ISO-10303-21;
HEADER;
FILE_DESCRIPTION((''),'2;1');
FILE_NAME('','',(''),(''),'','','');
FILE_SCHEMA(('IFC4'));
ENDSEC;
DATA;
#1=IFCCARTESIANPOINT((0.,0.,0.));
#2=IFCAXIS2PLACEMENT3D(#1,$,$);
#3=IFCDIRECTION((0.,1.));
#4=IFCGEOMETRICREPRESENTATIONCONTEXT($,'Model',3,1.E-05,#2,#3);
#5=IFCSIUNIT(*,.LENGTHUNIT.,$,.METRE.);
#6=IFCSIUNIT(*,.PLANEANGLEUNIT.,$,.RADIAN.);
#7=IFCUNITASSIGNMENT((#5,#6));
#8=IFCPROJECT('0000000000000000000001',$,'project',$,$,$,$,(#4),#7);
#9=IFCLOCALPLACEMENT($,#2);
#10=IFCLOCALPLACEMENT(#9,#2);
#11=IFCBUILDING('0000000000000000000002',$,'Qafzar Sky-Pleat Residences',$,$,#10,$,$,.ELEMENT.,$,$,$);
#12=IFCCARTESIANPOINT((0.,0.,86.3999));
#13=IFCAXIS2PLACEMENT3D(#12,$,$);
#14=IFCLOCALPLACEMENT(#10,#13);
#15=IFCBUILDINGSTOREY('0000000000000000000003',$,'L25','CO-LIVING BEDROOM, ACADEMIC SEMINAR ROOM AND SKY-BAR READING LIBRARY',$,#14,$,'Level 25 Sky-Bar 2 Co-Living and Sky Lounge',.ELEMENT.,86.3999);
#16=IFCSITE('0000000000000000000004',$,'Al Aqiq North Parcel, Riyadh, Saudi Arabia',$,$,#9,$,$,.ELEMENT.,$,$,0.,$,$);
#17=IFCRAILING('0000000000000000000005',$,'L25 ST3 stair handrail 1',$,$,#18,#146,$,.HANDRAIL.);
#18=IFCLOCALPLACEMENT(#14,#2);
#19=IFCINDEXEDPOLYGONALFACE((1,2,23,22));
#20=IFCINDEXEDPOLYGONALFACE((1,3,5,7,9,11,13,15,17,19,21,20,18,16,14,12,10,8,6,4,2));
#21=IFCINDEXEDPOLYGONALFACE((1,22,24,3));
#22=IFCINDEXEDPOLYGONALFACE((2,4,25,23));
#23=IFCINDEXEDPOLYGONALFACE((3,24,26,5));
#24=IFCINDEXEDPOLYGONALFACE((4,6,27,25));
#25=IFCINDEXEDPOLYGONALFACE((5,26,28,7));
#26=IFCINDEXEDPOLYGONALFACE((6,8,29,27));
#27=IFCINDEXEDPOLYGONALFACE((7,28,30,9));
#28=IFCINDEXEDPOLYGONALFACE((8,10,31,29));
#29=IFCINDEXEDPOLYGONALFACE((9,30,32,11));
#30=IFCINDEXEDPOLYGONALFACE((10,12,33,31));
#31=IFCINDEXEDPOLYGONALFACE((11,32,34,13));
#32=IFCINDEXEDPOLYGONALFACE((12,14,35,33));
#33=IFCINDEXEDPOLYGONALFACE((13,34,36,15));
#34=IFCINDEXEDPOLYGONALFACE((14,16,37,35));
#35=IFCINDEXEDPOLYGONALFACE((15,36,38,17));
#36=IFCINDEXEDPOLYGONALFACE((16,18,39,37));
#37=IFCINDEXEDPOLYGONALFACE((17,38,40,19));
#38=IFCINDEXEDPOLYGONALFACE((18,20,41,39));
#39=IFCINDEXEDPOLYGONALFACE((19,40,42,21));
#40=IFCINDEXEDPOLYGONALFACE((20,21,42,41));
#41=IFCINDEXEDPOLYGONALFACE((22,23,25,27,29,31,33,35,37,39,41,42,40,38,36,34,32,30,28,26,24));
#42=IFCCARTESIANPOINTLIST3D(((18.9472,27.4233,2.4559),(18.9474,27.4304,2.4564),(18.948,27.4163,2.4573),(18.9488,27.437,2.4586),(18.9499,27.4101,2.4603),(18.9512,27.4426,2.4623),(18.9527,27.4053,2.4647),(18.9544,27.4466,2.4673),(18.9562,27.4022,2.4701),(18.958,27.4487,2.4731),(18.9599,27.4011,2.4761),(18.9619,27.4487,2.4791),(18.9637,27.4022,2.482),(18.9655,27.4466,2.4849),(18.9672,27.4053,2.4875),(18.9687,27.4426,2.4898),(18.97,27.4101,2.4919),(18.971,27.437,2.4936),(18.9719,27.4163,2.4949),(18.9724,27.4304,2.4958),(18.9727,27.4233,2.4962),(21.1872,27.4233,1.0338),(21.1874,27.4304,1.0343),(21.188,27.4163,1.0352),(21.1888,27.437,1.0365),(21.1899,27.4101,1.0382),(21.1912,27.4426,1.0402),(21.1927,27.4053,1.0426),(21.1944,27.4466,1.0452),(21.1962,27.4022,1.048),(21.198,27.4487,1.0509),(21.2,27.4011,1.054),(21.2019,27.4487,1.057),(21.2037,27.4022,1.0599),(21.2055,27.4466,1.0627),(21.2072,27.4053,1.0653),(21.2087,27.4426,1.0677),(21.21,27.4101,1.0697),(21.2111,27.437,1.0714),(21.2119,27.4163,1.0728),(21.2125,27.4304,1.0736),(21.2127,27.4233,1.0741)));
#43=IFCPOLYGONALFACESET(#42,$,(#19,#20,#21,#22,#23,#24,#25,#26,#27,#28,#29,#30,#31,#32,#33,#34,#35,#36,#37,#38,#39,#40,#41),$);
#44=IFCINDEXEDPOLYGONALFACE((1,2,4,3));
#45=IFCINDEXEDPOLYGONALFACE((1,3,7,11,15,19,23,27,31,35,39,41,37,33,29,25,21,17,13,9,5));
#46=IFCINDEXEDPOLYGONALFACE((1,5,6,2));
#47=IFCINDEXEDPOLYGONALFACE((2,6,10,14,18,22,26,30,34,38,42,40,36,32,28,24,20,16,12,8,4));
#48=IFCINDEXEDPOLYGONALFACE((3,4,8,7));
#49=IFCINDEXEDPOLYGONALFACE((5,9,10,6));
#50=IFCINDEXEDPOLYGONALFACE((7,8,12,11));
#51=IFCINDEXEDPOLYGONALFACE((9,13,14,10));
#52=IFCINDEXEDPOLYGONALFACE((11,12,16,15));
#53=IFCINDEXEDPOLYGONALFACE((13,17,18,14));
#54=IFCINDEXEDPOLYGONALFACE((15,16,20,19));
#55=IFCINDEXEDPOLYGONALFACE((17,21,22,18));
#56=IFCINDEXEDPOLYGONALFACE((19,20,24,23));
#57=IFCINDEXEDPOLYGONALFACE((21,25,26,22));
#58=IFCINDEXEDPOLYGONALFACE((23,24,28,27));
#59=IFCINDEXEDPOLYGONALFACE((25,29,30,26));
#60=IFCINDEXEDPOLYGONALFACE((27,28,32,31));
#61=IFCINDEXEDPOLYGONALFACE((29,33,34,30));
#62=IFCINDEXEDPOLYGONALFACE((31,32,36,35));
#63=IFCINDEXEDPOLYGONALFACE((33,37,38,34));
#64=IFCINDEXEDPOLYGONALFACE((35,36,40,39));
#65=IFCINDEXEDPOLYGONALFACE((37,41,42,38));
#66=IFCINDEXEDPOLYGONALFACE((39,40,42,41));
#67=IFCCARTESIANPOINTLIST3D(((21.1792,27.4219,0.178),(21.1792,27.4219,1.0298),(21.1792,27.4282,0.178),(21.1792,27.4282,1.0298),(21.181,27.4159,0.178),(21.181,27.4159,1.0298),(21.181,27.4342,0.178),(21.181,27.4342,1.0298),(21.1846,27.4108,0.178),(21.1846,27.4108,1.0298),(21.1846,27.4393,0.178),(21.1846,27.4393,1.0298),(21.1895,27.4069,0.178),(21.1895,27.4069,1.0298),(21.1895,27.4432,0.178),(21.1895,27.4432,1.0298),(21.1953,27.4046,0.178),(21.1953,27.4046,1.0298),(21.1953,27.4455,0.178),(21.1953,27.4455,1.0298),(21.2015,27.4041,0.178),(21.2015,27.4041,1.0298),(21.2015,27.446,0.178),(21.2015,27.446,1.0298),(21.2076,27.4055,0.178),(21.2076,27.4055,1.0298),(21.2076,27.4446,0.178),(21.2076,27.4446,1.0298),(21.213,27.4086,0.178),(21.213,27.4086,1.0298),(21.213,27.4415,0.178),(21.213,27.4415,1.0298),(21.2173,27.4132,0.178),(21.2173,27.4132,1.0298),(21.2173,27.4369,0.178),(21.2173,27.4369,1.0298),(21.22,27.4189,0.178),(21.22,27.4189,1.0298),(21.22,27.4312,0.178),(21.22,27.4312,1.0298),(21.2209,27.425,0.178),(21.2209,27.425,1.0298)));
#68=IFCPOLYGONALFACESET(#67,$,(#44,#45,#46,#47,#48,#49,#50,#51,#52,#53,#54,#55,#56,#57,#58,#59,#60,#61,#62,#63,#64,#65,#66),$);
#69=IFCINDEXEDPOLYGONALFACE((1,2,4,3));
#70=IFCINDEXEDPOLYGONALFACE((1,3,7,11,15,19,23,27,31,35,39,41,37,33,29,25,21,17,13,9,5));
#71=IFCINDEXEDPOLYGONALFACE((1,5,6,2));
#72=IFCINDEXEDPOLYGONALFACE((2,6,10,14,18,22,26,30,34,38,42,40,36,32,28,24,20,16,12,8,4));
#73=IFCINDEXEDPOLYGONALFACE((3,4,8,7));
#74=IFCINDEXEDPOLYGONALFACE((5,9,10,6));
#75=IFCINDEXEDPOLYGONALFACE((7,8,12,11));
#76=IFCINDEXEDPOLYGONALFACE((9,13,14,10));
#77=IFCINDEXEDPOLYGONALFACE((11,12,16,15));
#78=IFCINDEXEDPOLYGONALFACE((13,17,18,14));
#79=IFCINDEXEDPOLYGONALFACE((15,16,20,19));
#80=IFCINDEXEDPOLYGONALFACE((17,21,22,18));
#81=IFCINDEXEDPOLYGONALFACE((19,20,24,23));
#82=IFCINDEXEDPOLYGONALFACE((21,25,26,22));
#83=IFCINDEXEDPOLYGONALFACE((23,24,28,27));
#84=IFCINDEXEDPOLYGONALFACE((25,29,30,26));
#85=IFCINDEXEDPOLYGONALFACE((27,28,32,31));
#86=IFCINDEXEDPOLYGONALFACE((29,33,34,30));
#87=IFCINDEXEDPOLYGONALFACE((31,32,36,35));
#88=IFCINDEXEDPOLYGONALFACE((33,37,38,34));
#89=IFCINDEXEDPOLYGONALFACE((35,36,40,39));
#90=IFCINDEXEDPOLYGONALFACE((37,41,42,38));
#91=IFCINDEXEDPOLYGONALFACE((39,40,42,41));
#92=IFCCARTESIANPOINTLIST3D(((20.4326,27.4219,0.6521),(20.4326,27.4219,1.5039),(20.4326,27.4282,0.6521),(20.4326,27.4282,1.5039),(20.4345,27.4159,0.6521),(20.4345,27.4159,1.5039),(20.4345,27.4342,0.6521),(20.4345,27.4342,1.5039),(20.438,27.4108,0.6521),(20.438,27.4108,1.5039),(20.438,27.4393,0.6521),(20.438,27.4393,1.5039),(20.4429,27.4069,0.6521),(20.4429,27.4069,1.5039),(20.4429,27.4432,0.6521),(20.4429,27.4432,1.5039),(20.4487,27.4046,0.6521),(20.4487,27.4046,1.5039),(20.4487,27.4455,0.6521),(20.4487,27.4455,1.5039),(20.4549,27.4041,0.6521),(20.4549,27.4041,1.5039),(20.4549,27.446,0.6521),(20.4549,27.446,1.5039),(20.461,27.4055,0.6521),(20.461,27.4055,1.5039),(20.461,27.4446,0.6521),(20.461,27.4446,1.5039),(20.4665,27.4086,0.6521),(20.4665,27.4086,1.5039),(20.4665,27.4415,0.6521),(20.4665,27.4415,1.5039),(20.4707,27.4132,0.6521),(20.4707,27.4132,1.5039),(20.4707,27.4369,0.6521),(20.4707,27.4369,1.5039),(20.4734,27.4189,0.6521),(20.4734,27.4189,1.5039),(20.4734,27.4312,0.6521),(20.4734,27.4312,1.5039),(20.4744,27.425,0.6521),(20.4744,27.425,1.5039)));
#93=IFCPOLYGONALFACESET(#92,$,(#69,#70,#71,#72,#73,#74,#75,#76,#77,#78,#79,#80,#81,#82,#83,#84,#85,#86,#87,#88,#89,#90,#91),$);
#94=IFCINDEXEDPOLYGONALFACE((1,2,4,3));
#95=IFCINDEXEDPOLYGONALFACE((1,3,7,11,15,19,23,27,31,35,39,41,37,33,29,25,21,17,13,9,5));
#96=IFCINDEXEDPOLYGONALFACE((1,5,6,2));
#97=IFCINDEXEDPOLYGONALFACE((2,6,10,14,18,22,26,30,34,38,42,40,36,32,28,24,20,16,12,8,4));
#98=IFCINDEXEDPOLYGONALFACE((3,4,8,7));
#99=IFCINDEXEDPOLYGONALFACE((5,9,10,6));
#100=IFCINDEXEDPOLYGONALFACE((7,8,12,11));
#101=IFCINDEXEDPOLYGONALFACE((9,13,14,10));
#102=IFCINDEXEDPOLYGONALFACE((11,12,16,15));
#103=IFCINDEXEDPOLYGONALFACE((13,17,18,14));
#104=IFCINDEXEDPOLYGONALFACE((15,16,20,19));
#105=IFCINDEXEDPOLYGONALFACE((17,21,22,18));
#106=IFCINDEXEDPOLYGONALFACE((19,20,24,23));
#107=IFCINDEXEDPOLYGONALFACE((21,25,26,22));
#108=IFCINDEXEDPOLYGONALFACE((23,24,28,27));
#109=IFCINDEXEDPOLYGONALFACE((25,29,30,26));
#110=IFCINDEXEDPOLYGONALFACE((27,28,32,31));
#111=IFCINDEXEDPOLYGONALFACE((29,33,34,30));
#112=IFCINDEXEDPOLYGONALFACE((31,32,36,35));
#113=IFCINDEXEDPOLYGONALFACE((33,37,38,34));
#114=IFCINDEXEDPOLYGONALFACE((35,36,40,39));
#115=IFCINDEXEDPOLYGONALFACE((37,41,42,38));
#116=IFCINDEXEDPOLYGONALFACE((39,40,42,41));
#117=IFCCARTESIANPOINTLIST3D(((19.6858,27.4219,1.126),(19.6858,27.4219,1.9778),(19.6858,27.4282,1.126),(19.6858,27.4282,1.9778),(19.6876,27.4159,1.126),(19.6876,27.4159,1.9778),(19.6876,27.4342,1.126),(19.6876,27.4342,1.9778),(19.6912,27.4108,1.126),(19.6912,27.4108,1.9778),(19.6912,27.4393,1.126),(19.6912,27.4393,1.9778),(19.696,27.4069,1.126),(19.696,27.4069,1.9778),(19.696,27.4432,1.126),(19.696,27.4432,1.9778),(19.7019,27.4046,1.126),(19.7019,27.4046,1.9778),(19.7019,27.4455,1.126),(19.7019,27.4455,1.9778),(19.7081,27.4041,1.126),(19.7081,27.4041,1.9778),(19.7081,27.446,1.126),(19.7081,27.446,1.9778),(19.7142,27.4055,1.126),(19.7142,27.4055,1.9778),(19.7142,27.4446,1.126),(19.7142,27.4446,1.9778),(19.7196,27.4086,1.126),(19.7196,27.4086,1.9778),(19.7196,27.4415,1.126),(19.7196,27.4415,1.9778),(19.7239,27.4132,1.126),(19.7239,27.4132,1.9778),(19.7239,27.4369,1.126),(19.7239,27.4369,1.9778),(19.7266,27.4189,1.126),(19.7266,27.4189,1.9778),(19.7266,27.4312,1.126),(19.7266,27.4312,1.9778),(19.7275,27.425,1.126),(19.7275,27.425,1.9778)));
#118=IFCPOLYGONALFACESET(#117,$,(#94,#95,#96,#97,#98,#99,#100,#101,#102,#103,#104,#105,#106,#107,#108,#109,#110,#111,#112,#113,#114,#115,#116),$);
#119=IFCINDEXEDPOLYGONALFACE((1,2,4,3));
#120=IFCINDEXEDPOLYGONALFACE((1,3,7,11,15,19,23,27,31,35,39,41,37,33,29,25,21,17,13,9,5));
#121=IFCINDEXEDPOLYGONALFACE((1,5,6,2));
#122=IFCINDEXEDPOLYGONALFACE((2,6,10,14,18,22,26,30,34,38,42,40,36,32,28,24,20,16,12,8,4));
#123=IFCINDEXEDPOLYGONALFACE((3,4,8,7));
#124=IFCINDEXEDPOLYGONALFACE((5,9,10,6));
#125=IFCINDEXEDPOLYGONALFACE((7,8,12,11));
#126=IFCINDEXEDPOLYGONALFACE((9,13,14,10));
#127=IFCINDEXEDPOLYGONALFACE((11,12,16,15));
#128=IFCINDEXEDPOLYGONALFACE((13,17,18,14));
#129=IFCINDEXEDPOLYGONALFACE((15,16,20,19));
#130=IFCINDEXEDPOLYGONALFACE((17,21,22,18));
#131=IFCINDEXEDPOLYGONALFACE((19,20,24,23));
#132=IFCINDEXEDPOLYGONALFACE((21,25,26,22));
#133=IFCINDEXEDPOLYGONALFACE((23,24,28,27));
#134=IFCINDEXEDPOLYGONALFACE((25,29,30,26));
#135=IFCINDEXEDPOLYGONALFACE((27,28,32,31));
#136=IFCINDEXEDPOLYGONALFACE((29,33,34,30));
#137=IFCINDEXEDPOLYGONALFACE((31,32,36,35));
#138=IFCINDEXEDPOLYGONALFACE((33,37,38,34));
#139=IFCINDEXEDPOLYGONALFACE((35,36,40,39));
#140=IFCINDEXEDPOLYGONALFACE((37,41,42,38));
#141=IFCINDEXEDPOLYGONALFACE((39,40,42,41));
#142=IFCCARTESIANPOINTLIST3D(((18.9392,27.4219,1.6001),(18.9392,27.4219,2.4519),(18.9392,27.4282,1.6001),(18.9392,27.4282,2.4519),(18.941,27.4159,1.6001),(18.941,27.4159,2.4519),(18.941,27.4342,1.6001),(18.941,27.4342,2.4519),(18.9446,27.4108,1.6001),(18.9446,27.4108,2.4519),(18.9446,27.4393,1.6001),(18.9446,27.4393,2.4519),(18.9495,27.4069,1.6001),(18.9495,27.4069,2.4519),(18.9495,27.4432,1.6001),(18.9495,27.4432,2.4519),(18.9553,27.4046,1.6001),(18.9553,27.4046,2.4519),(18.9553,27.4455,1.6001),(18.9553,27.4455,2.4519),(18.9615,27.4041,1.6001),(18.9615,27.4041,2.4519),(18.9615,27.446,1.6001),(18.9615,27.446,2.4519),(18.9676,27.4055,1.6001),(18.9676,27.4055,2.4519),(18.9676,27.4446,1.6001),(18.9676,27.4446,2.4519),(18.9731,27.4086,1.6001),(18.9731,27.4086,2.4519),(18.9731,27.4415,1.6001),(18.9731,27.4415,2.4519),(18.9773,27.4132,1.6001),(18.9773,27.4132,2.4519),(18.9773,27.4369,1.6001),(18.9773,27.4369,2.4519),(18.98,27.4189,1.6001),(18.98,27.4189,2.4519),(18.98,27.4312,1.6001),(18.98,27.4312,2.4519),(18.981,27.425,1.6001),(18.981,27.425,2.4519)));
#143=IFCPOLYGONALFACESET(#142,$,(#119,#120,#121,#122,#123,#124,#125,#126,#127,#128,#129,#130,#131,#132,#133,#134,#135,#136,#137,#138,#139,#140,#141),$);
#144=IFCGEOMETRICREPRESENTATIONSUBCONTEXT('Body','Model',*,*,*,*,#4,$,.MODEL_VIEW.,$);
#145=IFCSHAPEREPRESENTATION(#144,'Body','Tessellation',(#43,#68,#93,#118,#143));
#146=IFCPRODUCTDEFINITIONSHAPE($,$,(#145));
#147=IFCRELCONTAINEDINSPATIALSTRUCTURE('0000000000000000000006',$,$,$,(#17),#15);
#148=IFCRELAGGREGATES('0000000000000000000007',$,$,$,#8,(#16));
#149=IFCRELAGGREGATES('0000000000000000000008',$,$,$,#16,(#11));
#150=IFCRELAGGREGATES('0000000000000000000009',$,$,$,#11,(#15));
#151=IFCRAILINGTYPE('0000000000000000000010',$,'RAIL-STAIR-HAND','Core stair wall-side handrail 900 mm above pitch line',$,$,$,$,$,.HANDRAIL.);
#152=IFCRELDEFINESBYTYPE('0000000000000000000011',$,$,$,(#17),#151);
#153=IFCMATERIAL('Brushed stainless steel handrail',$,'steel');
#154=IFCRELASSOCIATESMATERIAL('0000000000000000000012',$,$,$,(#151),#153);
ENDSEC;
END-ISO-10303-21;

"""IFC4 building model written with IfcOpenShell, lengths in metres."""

from ifc_helpers import new_model, si_unit, direction, frame, origin, origin_2d, place, context, subcontext, project, spatial, circle, extrude, source, transform, mapped, material, type_object, element, save


model = new_model("IFC4")

# Units and contexts
model_context = context("Model", 3, precision=1e-05, world=origin(), true_north=direction((0.0, 1.0)))
body_context = subcontext(model_context, "Body", "Model", "MODEL_VIEW")
ifc_project = project(units=[si_unit("LENGTHUNIT", "METRE"), si_unit("PLANEANGLEUNIT", "RADIAN")], contexts=[model_context])

# Site, building, storey
site_placement = place(None, origin())
site = spatial("IfcSite", under=ifc_project, at=site_placement, Name="Al Aqiq North Parcel, Riyadh, Saudi Arabia", CompositionType="ELEMENT", RefElevation=0.0)
building_placement = place(site_placement, origin())
building = spatial("IfcBuilding", under=site, at=building_placement, Name="Qafzar Sky-Pleat Residences", CompositionType="ELEMENT")
storey_placement = place(building_placement, frame((0.0, 0.0, 86.3999)))
storey = spatial("IfcBuildingStorey", under=building, at=storey_placement, Name="L25", Description="CO-LIVING BEDROOM, ACADEMIC SEMINAR ROOM AND SKY-BAR READING LIBRARY", LongName="Level 25 Sky-Bar 2 Co-Living and Sky Lounge", CompositionType="ELEMENT", Elevation=86.3999)

# Railing
ifc_material_1 = material(Name="Brushed stainless steel handrail", Category="steel")
railing_type_1 = type_object("IfcRailingType", Name="RAIL-STAIR-HAND", Description="Core stair wall-side handrail 900 mm above pitch line", PredefinedType="HANDRAIL", material=ifc_material_1)
shared_shape_1 = source(origin(), body_context, "Body", "SweptSolid", [
    extrude(circle(Radius=0.0239, at=origin_2d()), frame((0.0, 0.0, 0.876), z_axis=(-0.844229, 0.0, 0.535982), x_axis=(0.0, -1.0, 0.0)), (0.0, 0.0, 1.0), 2.6533),
    extrude(circle(Radius=0.021, at=origin_2d()), origin(), (0.0, 0.0, 1.0), 0.8518),
    extrude(circle(Radius=0.021, at=origin_2d()), frame((-0.7466, 0.0, 0.4741)), (0.0, 0.0, 1.0), 0.8518),
    extrude(circle(Radius=0.021, at=origin_2d()), frame((-1.4934, 0.0, 0.948)), (0.0, 0.0, 1.0), 0.8518),
    extrude(circle(Radius=0.021, at=origin_2d()), frame((-2.24, 0.0, 1.4221)), (0.0, 0.0, 1.0), 0.8518),
])
railing_1_placement = place(storey_placement, frame((21.2, 27.425, 0.178)))
element("IfcRailing", 1, at=railing_1_placement, inside=storey, type_object=railing_type_1, Name="L25 ST3 stair handrail 1", PredefinedType="HANDRAIL", context=body_context, shape_type="MappedRepresentation", body=[
    mapped(shared_shape_1, transform((0.0, 0.0, 0.0), x_axis=(1.0, 0.0, 0.0), y_axis=(0.0, 1.0, 0.0), z_axis=(0.0, 0.0, 1.0), scale=1.0)),
])

save(model, "model.ifc")
